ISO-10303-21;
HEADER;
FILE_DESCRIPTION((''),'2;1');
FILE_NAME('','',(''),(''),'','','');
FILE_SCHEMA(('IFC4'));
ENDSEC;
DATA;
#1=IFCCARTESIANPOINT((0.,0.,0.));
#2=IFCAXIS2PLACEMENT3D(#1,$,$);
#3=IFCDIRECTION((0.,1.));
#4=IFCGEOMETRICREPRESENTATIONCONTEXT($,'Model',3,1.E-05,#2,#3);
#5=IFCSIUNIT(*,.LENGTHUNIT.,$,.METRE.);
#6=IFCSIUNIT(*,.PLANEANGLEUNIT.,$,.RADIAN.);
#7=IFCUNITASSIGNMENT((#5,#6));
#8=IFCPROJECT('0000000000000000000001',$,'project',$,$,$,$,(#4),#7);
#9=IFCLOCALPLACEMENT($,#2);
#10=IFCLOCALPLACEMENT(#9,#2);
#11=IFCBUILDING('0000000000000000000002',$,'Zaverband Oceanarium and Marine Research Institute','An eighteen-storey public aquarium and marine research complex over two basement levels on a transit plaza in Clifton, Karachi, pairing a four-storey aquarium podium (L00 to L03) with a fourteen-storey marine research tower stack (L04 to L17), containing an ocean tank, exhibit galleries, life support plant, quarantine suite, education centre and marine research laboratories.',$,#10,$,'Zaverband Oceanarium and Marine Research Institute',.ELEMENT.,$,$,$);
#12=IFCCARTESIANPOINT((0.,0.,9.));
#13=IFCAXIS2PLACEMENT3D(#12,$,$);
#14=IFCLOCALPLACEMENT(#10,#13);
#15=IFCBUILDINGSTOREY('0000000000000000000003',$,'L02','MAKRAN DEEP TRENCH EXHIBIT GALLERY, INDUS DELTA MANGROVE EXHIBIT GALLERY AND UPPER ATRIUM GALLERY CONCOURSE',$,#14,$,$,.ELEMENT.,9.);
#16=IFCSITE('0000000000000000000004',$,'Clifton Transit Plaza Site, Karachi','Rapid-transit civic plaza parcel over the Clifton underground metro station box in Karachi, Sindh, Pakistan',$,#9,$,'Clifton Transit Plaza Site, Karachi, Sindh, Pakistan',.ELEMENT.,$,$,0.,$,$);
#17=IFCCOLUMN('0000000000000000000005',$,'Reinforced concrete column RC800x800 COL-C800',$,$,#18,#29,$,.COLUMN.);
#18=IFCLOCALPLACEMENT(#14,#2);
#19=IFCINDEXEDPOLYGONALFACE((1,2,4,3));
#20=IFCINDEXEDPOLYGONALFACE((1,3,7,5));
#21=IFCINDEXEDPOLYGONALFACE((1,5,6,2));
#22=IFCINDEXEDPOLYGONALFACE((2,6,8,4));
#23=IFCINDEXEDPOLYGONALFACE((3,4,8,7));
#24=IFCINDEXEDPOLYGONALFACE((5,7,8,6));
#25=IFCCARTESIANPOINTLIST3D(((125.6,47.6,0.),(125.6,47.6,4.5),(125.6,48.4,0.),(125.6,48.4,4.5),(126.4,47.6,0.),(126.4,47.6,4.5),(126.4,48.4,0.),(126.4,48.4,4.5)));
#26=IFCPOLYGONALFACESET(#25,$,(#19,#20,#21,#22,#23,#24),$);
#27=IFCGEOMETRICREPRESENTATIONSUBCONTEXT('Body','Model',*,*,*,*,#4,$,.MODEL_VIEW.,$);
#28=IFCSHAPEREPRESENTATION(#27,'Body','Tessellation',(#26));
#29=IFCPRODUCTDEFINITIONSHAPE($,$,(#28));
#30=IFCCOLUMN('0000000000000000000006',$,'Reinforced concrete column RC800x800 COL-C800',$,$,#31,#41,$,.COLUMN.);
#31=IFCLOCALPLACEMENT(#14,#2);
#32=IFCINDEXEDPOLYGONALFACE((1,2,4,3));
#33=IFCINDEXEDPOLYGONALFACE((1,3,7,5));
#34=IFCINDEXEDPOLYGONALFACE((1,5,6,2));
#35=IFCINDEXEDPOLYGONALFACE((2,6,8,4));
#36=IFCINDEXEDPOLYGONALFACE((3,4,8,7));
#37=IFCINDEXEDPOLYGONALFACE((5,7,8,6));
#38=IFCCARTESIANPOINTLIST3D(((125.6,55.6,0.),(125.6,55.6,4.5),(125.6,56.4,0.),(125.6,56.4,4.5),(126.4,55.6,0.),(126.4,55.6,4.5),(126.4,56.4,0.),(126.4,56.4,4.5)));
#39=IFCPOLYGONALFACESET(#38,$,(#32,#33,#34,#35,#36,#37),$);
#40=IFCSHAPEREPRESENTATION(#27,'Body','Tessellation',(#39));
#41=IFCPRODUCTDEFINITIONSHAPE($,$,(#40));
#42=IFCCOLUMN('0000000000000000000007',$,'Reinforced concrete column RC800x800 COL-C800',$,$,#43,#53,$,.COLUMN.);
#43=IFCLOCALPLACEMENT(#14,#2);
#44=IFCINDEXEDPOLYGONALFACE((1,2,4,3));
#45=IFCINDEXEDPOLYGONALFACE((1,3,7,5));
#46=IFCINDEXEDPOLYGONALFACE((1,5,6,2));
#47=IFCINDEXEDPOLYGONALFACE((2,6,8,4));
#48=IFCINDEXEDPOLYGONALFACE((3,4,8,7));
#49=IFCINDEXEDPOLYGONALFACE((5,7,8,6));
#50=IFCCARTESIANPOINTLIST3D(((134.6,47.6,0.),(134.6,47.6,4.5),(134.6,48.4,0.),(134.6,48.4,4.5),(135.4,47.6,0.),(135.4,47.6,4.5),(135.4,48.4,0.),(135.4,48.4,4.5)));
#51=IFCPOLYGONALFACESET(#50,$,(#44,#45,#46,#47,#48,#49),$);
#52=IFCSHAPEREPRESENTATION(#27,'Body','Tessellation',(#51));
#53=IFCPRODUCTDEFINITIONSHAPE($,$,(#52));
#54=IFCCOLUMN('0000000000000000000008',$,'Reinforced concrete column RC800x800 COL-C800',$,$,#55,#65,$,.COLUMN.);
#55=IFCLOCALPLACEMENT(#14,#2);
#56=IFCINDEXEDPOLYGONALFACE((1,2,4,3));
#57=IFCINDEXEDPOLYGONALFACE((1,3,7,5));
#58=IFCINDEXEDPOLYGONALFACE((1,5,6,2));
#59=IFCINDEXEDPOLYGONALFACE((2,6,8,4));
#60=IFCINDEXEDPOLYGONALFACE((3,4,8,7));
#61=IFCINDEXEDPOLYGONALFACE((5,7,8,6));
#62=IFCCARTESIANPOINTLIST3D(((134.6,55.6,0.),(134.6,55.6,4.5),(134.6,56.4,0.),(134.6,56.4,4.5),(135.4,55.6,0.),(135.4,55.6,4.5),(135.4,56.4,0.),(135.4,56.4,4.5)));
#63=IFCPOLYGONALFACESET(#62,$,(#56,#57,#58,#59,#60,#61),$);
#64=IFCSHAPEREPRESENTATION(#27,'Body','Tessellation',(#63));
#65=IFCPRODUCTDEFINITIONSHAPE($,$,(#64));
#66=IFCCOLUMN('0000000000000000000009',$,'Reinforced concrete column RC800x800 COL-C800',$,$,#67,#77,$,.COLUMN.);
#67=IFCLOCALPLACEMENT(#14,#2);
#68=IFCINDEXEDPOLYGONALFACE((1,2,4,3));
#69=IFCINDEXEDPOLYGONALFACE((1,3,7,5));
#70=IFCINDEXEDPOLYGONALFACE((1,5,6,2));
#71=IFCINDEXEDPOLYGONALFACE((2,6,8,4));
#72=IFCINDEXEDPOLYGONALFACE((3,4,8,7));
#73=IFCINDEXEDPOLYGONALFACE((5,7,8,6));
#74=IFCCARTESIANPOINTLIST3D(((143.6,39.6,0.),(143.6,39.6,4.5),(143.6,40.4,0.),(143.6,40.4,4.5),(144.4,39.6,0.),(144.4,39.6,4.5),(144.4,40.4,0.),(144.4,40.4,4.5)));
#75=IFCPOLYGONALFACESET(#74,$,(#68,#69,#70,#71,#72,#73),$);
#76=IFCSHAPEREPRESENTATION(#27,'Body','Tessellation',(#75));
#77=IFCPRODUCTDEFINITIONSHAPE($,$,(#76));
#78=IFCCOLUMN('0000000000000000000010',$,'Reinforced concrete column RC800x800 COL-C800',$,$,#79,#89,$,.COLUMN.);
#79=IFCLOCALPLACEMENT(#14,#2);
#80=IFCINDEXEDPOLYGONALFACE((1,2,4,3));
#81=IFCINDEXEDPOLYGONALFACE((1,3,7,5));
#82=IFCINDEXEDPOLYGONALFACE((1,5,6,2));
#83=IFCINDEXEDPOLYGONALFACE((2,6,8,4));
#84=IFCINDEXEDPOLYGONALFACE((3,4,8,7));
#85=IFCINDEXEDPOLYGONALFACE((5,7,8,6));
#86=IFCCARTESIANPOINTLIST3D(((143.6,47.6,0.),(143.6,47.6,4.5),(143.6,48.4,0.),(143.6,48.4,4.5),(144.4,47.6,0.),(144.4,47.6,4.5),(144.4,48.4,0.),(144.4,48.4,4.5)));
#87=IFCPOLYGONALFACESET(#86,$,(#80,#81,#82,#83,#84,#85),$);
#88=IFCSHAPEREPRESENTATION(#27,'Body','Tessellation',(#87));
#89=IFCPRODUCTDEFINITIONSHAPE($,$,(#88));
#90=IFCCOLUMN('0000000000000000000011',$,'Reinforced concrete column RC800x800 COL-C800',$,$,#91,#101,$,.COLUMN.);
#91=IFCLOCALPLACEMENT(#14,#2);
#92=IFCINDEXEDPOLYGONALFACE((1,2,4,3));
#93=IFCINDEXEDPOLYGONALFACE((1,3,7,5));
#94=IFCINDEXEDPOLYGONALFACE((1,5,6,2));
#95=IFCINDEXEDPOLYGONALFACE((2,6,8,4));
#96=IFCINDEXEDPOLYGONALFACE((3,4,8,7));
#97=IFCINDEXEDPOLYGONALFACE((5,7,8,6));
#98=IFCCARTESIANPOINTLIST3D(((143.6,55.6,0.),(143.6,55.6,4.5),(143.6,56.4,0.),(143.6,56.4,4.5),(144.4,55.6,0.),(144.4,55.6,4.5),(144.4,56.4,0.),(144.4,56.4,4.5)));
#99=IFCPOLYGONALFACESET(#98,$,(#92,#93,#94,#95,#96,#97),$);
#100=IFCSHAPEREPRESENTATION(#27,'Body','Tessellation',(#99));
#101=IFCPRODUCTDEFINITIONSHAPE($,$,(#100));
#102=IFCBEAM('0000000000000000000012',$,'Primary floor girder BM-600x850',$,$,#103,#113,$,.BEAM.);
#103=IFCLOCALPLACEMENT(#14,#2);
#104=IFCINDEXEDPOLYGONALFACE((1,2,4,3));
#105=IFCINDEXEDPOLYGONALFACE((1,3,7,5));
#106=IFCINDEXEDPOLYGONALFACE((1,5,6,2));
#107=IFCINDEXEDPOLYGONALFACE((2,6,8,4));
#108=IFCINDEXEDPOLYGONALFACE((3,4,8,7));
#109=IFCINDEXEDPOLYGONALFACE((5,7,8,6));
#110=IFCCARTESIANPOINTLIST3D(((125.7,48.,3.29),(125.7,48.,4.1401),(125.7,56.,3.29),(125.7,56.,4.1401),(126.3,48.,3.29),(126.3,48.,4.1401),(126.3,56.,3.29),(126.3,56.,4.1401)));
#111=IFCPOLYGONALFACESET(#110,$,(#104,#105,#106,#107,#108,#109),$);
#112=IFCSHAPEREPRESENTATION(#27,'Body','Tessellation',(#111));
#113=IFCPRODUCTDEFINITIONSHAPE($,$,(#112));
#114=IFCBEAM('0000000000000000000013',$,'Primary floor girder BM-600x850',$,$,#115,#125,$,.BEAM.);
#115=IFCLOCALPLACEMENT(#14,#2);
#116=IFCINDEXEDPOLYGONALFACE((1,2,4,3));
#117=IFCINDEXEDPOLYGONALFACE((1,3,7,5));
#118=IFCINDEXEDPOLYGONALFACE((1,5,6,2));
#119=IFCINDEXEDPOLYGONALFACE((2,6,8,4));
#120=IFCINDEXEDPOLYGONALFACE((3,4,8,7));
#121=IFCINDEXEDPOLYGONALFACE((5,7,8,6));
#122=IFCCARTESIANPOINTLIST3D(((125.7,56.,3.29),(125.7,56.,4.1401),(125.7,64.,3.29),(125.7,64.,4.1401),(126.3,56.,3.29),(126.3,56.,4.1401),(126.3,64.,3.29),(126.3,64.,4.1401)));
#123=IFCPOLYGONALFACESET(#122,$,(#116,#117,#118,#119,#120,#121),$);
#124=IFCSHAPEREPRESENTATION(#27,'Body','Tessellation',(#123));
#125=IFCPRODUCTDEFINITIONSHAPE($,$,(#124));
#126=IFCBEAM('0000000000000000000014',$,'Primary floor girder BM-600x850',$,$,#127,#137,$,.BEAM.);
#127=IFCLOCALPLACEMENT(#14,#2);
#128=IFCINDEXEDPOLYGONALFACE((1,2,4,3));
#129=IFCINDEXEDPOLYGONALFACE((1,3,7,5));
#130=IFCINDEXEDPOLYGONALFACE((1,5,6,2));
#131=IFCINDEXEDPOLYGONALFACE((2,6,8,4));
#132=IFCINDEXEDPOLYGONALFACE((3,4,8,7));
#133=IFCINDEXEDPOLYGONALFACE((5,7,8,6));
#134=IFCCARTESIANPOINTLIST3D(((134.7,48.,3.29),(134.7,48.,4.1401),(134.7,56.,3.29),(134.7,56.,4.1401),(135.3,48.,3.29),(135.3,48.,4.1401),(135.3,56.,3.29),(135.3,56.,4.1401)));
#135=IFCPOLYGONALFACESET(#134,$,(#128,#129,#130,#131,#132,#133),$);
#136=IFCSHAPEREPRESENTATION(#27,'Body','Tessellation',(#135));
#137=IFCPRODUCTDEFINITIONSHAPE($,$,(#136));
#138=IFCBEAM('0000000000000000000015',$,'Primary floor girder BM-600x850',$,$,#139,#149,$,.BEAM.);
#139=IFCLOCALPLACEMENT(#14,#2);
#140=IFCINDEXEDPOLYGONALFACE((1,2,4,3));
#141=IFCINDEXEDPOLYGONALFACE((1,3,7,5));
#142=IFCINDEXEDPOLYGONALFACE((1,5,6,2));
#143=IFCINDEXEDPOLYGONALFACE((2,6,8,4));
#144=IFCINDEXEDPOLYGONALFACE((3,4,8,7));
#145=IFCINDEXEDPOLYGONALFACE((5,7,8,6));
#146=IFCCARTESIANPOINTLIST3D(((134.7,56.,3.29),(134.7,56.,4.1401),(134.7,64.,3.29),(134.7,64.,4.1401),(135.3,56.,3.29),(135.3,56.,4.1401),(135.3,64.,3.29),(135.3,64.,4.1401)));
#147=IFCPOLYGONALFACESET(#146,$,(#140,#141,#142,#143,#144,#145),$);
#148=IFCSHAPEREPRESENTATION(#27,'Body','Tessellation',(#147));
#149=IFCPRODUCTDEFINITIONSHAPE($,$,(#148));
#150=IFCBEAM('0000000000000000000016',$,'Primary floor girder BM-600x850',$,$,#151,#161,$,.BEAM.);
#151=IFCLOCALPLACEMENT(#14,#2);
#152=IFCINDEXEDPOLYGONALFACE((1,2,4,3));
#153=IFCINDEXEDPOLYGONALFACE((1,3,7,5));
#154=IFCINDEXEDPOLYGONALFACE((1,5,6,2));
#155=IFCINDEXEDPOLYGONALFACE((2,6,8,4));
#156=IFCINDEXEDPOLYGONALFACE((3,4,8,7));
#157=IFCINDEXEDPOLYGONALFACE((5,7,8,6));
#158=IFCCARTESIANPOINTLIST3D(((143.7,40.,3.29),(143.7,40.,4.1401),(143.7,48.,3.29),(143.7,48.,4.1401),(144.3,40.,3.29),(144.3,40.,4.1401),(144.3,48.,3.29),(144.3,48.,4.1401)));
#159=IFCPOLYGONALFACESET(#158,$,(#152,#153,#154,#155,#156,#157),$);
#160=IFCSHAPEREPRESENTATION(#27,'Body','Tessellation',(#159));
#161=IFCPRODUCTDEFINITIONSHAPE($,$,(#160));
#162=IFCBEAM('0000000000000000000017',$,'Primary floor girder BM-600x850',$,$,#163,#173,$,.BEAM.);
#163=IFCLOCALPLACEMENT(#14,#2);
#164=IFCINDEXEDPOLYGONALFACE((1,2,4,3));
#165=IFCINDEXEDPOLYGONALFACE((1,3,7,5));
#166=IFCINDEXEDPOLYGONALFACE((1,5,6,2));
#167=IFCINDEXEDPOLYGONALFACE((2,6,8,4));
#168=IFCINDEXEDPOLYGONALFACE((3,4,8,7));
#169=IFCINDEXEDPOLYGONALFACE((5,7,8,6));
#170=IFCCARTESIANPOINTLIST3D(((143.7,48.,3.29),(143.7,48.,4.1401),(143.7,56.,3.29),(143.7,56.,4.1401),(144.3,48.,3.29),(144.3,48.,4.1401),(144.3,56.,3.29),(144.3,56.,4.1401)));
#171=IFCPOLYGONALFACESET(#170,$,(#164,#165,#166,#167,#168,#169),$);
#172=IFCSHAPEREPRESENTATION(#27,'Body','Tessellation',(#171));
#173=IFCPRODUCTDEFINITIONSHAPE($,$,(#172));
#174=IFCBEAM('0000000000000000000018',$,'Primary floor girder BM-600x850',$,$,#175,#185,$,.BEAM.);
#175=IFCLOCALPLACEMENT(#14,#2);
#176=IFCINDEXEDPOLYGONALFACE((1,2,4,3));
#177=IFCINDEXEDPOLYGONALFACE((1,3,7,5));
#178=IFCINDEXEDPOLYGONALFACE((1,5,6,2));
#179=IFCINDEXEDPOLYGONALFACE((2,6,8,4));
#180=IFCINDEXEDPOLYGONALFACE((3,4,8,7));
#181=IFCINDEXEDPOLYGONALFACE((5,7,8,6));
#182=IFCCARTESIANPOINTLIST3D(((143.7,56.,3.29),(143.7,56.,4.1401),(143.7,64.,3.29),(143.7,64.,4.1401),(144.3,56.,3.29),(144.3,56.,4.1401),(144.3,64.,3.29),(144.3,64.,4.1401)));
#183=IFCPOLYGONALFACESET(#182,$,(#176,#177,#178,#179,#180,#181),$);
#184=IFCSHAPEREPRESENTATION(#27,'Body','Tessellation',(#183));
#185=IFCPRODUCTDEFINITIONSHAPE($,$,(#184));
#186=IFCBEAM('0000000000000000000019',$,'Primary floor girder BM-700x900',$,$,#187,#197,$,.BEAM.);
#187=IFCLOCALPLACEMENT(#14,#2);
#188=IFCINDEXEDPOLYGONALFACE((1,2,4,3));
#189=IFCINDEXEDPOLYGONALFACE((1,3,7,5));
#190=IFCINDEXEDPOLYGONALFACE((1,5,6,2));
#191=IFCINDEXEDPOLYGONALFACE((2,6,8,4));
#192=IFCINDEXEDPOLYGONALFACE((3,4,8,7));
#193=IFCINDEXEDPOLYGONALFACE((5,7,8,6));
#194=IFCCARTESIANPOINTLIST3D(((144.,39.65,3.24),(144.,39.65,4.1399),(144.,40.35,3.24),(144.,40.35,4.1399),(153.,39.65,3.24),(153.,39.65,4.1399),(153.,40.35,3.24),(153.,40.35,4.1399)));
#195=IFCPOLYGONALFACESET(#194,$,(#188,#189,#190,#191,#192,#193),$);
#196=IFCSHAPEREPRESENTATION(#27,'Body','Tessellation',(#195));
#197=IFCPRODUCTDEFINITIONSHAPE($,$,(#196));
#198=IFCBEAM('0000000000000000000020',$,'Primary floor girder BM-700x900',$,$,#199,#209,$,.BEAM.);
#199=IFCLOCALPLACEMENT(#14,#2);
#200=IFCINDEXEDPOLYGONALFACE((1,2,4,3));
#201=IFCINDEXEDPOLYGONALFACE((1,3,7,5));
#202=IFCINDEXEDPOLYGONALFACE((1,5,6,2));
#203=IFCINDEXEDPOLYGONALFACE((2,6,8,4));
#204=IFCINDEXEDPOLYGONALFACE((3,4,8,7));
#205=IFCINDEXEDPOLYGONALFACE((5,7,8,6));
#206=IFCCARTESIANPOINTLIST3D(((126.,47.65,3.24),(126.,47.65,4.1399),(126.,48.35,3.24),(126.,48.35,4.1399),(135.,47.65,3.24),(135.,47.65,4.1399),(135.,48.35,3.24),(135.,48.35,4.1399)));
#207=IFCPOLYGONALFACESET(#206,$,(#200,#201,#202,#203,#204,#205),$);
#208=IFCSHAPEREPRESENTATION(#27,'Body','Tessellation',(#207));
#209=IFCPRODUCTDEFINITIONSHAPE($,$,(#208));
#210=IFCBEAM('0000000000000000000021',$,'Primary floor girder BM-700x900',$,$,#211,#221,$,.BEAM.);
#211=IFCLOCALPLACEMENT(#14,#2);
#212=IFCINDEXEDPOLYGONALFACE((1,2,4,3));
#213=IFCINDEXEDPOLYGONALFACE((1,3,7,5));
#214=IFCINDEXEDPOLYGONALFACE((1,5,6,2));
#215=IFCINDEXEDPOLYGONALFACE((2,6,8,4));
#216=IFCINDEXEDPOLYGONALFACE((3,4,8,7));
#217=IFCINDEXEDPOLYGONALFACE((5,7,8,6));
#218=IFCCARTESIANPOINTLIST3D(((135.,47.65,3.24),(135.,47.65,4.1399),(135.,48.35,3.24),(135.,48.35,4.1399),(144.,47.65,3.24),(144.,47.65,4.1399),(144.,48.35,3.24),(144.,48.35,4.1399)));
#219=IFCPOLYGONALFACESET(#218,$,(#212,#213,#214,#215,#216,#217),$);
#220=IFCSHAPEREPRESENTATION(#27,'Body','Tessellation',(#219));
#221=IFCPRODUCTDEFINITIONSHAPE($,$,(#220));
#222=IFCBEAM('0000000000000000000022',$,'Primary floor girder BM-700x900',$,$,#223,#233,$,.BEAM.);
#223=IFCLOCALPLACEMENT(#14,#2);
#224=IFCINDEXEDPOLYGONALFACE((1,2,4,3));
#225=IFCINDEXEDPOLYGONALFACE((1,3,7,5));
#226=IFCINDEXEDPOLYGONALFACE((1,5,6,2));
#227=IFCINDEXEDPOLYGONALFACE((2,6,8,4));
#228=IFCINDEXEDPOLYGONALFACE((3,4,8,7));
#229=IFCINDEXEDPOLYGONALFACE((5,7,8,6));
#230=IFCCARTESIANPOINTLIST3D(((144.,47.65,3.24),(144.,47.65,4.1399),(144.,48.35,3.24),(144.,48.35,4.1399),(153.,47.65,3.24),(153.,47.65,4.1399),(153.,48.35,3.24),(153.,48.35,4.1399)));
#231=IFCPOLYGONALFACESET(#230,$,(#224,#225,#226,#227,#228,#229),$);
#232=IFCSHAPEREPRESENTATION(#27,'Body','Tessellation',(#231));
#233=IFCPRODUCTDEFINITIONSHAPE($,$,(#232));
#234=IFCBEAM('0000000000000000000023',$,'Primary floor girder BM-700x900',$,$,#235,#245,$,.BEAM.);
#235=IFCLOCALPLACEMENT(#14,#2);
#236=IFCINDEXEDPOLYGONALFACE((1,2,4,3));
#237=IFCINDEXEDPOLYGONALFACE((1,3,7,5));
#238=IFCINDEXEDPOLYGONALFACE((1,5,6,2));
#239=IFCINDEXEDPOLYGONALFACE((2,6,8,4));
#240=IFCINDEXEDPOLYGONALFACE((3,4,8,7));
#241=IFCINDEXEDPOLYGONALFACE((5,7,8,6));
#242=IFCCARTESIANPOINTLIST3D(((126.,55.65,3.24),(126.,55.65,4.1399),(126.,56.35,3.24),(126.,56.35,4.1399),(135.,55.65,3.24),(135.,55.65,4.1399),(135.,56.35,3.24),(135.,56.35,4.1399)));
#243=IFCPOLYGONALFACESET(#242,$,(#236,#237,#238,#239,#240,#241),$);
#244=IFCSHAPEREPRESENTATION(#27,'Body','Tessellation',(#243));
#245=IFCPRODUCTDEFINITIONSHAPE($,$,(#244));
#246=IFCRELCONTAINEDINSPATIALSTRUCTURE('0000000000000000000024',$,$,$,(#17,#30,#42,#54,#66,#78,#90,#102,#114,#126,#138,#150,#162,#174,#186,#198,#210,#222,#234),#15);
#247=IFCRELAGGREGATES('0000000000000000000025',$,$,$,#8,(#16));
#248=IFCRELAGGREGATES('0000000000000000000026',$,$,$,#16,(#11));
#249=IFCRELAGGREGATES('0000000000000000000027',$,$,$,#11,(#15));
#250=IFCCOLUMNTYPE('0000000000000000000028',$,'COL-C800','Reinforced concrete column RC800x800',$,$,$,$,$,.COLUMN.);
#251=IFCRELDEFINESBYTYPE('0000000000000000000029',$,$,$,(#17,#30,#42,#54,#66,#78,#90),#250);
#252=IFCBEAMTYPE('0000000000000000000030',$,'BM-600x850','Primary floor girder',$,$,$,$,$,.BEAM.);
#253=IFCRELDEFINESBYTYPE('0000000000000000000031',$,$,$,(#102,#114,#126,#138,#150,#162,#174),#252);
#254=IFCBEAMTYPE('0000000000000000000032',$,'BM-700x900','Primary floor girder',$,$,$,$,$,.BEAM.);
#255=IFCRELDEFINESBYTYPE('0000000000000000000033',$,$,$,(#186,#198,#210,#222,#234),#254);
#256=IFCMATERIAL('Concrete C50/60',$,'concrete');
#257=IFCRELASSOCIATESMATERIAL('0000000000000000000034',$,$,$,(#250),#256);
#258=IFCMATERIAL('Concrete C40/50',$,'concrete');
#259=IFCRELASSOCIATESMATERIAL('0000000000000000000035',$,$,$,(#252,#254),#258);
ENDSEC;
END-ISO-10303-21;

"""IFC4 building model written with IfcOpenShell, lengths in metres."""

from ifc_helpers import new_model, si_unit, direction, frame, origin, origin_2d, place, context, subcontext, project, spatial, rectangle, extrude, material, material_profile, profile_set, type_object, element, save


model = new_model("IFC4")

# Units and contexts
model_context = context("Model", 3, precision=1e-05, world=origin(), true_north=direction((0.0, 1.0)))
body_context = subcontext(model_context, "Body", "Model", "MODEL_VIEW")
ifc_project = project(units=[si_unit("LENGTHUNIT", "METRE"), si_unit("PLANEANGLEUNIT", "RADIAN")], contexts=[model_context])

# Site, building, storey
site_placement = place(None, origin())
site = spatial("IfcSite", under=ifc_project, at=site_placement, Name="Clifton Transit Plaza Site, Karachi", Description="Rapid-transit civic plaza parcel over the Clifton underground metro station box in Karachi, Sindh, Pakistan", LongName="Clifton Transit Plaza Site, Karachi, Sindh, Pakistan", CompositionType="ELEMENT", RefElevation=0.0)
building_placement = place(site_placement, origin())
building = spatial("IfcBuilding", under=site, at=building_placement, Name="Zaverband Oceanarium and Marine Research Institute", Description="An eighteen-storey public aquarium and marine research complex over two basement levels on a transit plaza in Clifton, Karachi, pairing a four-storey aquarium podium (L00 to L03) with a fourteen-storey marine research tower stack (L04 to L17), containing an ocean tank, exhibit galleries, life support plant, quarantine suite, education centre and marine research laboratories.", LongName="Zaverband Oceanarium and Marine Research Institute", CompositionType="ELEMENT")
storey_placement = place(building_placement, frame((0.0, 0.0, 9.0)))
storey = spatial("IfcBuildingStorey", under=building, at=storey_placement, Name="L02", Description="MAKRAN DEEP TRENCH EXHIBIT GALLERY, INDUS DELTA MANGROVE EXHIBIT GALLERY AND UPPER ATRIUM GALLERY CONCOURSE", CompositionType="ELEMENT", Elevation=9.0)

# Columns
ifc_material_1 = material(Name="Concrete C50/60", Category="concrete")
ifc_material_profile_1 = material_profile(ifc_material_1, rectangle(XDim=0.8, YDim=0.8, at=origin_2d()), Name="RC800x800")
ifc_profile_set_1 = profile_set([ifc_material_profile_1], Name="Concrete C50/60")
column_type = type_object("IfcColumnType", Name="COL-C800", Description="Reinforced concrete column RC800x800", PredefinedType="COLUMN", material=ifc_profile_set_1)
for number, where, z_axis, x_axis, name in (
    (1, (126.0, 48.0, 0.0), (0.0, 0.0, 1.0), (1.0, 0.0, 0.0), "Reinforced concrete column RC800x800 COL-C800"),
    (2, (126.0, 56.0, 0.0), (0.0, 0.0, 1.0), (1.0, 0.0, 0.0), "Reinforced concrete column RC800x800 COL-C800"),
    (3, (135.0, 48.0, 0.0), (0.0, 0.0, 1.0), (1.0, 0.0, 0.0), "Reinforced concrete column RC800x800 COL-C800"),
    (4, (135.0, 56.0, 0.0), (0.0, 0.0, 1.0), (1.0, 0.0, 0.0), "Reinforced concrete column RC800x800 COL-C800"),
    (5, (144.0, 40.0, 0.0), (0.0, 0.0, 1.0), (1.0, 0.0, 0.0), "Reinforced concrete column RC800x800 COL-C800"),
    (6, (144.0, 48.0, 0.0), (0.0, 0.0, 1.0), (1.0, 0.0, 0.0), "Reinforced concrete column RC800x800 COL-C800"),
    (7, (144.0, 56.0, 0.0), (0.0, 0.0, 1.0), (1.0, 0.0, 0.0), "Reinforced concrete column RC800x800 COL-C800"),
):
    element("IfcColumn", number, at=place(storey_placement, frame(where, z_axis=z_axis, x_axis=x_axis)), inside=storey, type_object=column_type, Name=name, PredefinedType="COLUMN", context=body_context, shape_type="SweptSolid", body=[
        extrude(rectangle(XDim=0.8, YDim=0.8, at=origin_2d()), origin(), (0.0, 0.0, 1.0), 4.5),
    ])

# Beams
ifc_material_2 = material(Name="Concrete C40/50", Category="concrete")
ifc_material_profile_2 = material_profile(ifc_material_2, rectangle(XDim=0.6001, YDim=0.8501, at=origin_2d()), Name="RC600x850")
ifc_profile_set_2 = profile_set([ifc_material_profile_2], Name="Concrete C40/50")
beam_type_1 = type_object("IfcBeamType", Name="BM-600x850", Description="Primary floor girder", PredefinedType="BEAM", material=ifc_profile_set_2)
for number, where, z_axis, x_axis, name in (
    (8, (126.0, 48.0, 3.7151), (0.0, 1.0, 0.0), (-1.0, 0.0, 0.0), "Primary floor girder BM-600x850"),
    (9, (126.0, 56.0, 3.7151), (0.0, 1.0, 0.0), (-1.0, 0.0, 0.0), "Primary floor girder BM-600x850"),
    (10, (135.0, 48.0, 3.7151), (0.0, 1.0, 0.0), (-1.0, 0.0, 0.0), "Primary floor girder BM-600x850"),
    (11, (135.0, 56.0, 3.7151), (0.0, 1.0, 0.0), (-1.0, 0.0, 0.0), "Primary floor girder BM-600x850"),
    (12, (144.0, 40.0, 3.7151), (0.0, 1.0, 0.0), (-1.0, 0.0, 0.0), "Primary floor girder BM-600x850"),
    (13, (144.0, 48.0, 3.7151), (0.0, 1.0, 0.0), (-1.0, 0.0, 0.0), "Primary floor girder BM-600x850"),
    (14, (144.0, 56.0, 3.7151), (0.0, 1.0, 0.0), (-1.0, 0.0, 0.0), "Primary floor girder BM-600x850"),
):
    element("IfcBeam", number, at=place(storey_placement, frame(where, z_axis=z_axis, x_axis=x_axis)), inside=storey, type_object=beam_type_1, Name=name, PredefinedType="BEAM", context=body_context, shape_type="SweptSolid", body=[
        extrude(rectangle(XDim=0.6001, YDim=0.8501, at=origin_2d()), origin(), (0.0, 0.0, 1.0), 8.0),
    ])
ifc_material_profile_3 = material_profile(ifc_material_2, rectangle(XDim=0.7, YDim=0.8999, at=origin_2d()), Name="RC700x900")
ifc_profile_set_3 = profile_set([ifc_material_profile_3], Name="Concrete C40/50")
beam_type_2 = type_object("IfcBeamType", Name="BM-700x900", Description="Primary floor girder", PredefinedType="BEAM", material=ifc_profile_set_3)
for number, where, z_axis, x_axis, name in (
    (15, (144.0, 40.0, 3.6899), (1.0, 0.0, 0.0), (0.0, 1.0, 0.0), "Primary floor girder BM-700x900"),
    (16, (126.0, 48.0, 3.6899), (1.0, 0.0, 0.0), (0.0, 1.0, 0.0), "Primary floor girder BM-700x900"),
    (17, (135.0, 48.0, 3.6899), (1.0, 0.0, 0.0), (0.0, 1.0, 0.0), "Primary floor girder BM-700x900"),
    (18, (144.0, 48.0, 3.6899), (1.0, 0.0, 0.0), (0.0, 1.0, 0.0), "Primary floor girder BM-700x900"),
    (19, (126.0, 56.0, 3.6899), (1.0, 0.0, 0.0), (0.0, 1.0, 0.0), "Primary floor girder BM-700x900"),
):
    element("IfcBeam", number, at=place(storey_placement, frame(where, z_axis=z_axis, x_axis=x_axis)), inside=storey, type_object=beam_type_2, Name=name, PredefinedType="BEAM", context=body_context, shape_type="SweptSolid", body=[
        extrude(rectangle(XDim=0.7, YDim=0.8999, at=origin_2d()), origin(), (0.0, 0.0, 1.0), 9.0),
    ])

save(model, "model.ifc")
